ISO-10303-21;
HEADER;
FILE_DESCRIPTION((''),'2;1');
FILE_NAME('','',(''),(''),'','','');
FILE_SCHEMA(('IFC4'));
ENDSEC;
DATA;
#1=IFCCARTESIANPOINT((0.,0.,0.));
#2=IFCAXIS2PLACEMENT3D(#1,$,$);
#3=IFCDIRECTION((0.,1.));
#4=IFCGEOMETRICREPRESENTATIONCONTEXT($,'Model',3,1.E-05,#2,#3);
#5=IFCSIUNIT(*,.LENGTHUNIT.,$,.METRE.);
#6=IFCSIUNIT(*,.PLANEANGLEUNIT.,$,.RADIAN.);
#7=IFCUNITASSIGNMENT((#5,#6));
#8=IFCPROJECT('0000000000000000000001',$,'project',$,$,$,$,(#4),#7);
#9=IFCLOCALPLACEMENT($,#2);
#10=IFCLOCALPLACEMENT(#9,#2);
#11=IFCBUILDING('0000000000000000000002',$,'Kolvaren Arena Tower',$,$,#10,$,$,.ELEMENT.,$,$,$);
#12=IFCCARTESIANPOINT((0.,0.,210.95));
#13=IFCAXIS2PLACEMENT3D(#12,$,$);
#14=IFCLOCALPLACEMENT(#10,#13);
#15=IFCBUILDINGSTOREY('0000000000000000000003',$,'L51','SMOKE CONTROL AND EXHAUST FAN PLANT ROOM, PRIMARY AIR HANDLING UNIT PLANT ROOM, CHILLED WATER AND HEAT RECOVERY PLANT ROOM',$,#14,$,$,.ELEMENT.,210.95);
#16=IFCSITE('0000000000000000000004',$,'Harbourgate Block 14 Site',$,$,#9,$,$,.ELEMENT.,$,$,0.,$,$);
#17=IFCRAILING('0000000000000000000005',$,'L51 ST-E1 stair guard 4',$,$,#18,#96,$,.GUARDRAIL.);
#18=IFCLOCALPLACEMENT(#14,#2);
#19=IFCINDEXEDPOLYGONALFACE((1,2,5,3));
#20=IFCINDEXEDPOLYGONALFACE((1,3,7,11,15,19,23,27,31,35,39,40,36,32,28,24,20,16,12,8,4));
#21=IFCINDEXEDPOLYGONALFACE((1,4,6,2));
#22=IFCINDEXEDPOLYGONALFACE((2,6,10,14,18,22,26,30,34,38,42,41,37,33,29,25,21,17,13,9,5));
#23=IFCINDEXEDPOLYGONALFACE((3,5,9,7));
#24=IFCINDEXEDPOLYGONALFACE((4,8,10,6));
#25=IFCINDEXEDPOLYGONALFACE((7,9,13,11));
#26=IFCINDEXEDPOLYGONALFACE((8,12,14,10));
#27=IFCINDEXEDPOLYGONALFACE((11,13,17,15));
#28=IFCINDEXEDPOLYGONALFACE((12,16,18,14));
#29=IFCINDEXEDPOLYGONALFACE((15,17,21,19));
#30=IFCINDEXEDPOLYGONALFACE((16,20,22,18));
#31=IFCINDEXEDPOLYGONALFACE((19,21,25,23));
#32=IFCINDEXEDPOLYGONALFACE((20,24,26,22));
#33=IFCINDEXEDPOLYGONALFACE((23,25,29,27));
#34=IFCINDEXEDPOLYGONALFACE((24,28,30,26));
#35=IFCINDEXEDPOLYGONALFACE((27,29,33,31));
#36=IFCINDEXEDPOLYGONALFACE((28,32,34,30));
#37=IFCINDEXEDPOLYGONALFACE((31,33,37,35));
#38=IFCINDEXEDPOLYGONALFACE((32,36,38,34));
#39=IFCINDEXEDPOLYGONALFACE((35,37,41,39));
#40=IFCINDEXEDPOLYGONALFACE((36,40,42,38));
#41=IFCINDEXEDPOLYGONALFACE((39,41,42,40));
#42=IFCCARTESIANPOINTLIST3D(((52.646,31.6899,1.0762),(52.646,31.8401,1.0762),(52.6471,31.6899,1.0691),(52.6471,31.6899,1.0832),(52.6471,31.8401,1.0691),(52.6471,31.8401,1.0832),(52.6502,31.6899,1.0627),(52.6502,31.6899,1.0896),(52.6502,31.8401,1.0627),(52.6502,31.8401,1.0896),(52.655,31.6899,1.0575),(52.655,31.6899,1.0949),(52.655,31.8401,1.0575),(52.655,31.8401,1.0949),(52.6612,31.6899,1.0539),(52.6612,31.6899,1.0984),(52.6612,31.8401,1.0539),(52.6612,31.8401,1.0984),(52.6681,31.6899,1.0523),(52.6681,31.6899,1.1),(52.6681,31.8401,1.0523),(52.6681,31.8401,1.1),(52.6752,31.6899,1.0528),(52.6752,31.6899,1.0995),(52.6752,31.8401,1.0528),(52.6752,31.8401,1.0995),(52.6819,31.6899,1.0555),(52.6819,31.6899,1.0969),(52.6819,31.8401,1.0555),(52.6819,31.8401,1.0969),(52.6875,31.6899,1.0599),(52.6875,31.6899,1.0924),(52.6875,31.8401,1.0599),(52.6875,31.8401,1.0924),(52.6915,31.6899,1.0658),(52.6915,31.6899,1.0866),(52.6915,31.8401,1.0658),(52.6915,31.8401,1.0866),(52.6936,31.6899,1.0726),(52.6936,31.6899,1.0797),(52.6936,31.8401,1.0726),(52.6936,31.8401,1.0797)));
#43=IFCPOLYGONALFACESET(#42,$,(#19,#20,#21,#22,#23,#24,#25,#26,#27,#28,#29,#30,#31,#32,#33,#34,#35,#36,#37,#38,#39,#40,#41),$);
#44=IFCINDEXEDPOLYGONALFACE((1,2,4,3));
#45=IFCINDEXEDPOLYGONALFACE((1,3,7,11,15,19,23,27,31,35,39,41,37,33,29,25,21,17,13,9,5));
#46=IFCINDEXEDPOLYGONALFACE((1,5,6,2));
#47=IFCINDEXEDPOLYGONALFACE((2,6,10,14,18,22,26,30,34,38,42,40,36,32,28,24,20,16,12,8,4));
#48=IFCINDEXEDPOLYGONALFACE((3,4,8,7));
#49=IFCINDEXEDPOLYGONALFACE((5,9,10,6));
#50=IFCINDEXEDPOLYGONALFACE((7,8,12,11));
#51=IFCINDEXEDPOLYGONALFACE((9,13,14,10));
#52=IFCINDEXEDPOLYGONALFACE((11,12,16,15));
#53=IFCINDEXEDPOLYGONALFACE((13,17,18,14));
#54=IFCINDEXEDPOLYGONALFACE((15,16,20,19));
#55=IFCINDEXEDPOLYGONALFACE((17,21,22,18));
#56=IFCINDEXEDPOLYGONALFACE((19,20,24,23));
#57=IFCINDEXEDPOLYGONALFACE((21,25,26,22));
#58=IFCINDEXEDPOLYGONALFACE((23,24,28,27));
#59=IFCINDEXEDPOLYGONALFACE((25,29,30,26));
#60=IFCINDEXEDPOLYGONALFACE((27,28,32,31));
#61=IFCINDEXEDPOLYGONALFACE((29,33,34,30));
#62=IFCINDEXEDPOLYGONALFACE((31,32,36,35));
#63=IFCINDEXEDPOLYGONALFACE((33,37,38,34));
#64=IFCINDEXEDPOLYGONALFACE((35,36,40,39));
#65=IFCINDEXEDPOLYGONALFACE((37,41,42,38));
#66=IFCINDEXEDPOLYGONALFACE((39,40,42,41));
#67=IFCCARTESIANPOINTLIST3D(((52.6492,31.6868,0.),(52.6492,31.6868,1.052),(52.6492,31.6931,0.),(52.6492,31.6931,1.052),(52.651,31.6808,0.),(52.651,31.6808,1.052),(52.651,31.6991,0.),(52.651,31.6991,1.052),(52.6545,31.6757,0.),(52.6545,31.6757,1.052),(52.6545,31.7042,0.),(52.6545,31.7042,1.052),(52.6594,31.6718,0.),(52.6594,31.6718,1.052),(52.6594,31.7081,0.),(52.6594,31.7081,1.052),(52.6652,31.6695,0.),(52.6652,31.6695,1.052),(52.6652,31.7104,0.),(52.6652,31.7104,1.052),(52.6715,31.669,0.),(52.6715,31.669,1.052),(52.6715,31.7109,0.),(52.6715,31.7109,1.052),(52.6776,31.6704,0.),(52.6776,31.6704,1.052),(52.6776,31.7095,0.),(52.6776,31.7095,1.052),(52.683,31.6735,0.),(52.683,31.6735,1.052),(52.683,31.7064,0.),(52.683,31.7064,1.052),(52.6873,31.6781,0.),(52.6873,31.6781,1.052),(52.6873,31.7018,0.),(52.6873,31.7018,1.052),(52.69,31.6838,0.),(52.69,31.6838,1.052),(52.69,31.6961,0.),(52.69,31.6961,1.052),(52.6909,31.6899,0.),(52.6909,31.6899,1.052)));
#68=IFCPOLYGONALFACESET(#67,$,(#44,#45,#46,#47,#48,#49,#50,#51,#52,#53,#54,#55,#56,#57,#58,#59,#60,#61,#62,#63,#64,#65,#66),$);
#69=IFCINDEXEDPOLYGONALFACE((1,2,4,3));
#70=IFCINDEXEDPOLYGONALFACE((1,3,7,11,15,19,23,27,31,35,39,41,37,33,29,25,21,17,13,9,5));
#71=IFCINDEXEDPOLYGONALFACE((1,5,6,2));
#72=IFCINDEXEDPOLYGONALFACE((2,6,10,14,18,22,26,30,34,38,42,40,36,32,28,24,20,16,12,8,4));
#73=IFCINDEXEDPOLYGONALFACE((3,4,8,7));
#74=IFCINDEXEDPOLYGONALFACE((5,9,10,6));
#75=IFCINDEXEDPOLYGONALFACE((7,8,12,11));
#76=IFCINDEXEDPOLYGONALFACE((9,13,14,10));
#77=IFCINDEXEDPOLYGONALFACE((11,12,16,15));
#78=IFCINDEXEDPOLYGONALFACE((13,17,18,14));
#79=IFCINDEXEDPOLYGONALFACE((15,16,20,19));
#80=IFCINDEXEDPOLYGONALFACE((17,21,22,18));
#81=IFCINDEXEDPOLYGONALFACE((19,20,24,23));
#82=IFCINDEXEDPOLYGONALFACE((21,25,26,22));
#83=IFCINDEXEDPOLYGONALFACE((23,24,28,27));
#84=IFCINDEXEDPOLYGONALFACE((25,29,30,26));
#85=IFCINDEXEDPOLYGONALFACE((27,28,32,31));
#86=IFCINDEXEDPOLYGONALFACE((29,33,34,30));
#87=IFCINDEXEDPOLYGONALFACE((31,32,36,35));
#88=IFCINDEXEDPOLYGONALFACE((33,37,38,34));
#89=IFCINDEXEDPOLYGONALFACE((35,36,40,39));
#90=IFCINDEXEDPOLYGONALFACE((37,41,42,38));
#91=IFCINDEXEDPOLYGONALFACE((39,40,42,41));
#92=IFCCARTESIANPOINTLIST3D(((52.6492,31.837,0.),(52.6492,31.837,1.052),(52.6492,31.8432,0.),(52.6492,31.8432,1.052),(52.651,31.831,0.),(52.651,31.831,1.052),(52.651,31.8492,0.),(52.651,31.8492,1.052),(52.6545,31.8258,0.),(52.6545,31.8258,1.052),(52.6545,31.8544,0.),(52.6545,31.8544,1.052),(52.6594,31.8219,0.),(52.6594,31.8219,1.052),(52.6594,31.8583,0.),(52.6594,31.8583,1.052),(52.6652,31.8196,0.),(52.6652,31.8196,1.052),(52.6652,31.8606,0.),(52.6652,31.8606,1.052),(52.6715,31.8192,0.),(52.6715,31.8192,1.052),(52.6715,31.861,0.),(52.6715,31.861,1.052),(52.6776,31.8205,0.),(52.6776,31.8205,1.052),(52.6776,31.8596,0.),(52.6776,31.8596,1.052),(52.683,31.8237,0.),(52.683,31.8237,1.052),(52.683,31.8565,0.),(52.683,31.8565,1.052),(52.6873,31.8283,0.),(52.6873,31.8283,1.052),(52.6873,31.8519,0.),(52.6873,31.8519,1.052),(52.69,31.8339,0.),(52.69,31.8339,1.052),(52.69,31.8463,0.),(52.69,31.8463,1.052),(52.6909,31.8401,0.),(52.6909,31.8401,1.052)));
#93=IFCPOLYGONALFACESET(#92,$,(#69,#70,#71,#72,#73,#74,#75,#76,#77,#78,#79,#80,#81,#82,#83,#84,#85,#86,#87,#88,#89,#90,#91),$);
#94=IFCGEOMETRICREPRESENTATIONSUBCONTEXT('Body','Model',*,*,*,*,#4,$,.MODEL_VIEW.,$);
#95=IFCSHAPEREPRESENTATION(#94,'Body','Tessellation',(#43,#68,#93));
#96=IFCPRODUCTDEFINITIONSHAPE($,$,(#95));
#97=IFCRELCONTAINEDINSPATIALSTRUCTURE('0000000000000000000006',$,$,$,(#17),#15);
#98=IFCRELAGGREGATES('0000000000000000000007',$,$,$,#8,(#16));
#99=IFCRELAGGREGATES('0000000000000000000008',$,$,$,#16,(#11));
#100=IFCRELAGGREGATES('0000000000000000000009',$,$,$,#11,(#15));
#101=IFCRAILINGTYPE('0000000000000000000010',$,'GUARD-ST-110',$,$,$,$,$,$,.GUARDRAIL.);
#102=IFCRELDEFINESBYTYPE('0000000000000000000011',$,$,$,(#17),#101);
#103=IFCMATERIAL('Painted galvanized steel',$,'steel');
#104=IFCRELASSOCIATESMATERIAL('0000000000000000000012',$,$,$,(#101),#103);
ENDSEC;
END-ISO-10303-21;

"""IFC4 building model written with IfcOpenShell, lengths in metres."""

from ifc_helpers import new_model, si_unit, direction, frame, origin, origin_2d, place, context, subcontext, project, spatial, circle, extrude, material, type_object, element, save


model = new_model("IFC4")

# Units and contexts
model_context = context("Model", 3, precision=1e-05, world=origin(), true_north=direction((0.0, 1.0)))
body_context = subcontext(model_context, "Body", "Model", "MODEL_VIEW")
ifc_project = project(units=[si_unit("LENGTHUNIT", "METRE"), si_unit("PLANEANGLEUNIT", "RADIAN")], contexts=[model_context])

# Site, building, storey
site_placement = place(None, origin())
site = spatial("IfcSite", under=ifc_project, at=site_placement, Name="Harbourgate Block 14 Site", CompositionType="ELEMENT", RefElevation=0.0)
building_placement = place(site_placement, origin())
building = spatial("IfcBuilding", under=site, at=building_placement, Name="Kolvaren Arena Tower", CompositionType="ELEMENT")
storey_placement = place(building_placement, frame((0.0, 0.0, 210.95)))
storey = spatial("IfcBuildingStorey", under=building, at=storey_placement, Name="L51", Description="SMOKE CONTROL AND EXHAUST FAN PLANT ROOM, PRIMARY AIR HANDLING UNIT PLANT ROOM, CHILLED WATER AND HEAT RECOVERY PLANT ROOM", CompositionType="ELEMENT", Elevation=210.95)

# Railing
ifc_material_1 = material(Name="Painted galvanized steel", Category="steel")
railing_type_1 = type_object("IfcRailingType", Name="GUARD-ST-110", PredefinedType="GUARDRAIL", material=ifc_material_1)
railing_1_placement = place(storey_placement, frame((52.6699, 31.6899, 0.0)))
element("IfcRailing", 1, at=railing_1_placement, inside=storey, type_object=railing_type_1, Name="L51 ST-E1 stair guard 4", PredefinedType="GUARDRAIL", context=body_context, shape_type="SweptSolid", body=[
    extrude(circle(Radius=0.0239, at=origin_2d()), frame((0.0, 0.0, 1.0762), z_axis=(0.0, 1.0, 0.0), x_axis=(-1.0, 0.0, 0.0)), (0.0, 0.0, 1.0), 0.1501),
    extrude(circle(Radius=0.021, at=origin_2d()), origin(), (0.0, 0.0, 1.0), 1.052),
    extrude(circle(Radius=0.021, at=origin_2d()), frame((0.0, 0.1501, 0.0)), (0.0, 0.0, 1.0), 1.052),
])

save(model, "model.ifc")
